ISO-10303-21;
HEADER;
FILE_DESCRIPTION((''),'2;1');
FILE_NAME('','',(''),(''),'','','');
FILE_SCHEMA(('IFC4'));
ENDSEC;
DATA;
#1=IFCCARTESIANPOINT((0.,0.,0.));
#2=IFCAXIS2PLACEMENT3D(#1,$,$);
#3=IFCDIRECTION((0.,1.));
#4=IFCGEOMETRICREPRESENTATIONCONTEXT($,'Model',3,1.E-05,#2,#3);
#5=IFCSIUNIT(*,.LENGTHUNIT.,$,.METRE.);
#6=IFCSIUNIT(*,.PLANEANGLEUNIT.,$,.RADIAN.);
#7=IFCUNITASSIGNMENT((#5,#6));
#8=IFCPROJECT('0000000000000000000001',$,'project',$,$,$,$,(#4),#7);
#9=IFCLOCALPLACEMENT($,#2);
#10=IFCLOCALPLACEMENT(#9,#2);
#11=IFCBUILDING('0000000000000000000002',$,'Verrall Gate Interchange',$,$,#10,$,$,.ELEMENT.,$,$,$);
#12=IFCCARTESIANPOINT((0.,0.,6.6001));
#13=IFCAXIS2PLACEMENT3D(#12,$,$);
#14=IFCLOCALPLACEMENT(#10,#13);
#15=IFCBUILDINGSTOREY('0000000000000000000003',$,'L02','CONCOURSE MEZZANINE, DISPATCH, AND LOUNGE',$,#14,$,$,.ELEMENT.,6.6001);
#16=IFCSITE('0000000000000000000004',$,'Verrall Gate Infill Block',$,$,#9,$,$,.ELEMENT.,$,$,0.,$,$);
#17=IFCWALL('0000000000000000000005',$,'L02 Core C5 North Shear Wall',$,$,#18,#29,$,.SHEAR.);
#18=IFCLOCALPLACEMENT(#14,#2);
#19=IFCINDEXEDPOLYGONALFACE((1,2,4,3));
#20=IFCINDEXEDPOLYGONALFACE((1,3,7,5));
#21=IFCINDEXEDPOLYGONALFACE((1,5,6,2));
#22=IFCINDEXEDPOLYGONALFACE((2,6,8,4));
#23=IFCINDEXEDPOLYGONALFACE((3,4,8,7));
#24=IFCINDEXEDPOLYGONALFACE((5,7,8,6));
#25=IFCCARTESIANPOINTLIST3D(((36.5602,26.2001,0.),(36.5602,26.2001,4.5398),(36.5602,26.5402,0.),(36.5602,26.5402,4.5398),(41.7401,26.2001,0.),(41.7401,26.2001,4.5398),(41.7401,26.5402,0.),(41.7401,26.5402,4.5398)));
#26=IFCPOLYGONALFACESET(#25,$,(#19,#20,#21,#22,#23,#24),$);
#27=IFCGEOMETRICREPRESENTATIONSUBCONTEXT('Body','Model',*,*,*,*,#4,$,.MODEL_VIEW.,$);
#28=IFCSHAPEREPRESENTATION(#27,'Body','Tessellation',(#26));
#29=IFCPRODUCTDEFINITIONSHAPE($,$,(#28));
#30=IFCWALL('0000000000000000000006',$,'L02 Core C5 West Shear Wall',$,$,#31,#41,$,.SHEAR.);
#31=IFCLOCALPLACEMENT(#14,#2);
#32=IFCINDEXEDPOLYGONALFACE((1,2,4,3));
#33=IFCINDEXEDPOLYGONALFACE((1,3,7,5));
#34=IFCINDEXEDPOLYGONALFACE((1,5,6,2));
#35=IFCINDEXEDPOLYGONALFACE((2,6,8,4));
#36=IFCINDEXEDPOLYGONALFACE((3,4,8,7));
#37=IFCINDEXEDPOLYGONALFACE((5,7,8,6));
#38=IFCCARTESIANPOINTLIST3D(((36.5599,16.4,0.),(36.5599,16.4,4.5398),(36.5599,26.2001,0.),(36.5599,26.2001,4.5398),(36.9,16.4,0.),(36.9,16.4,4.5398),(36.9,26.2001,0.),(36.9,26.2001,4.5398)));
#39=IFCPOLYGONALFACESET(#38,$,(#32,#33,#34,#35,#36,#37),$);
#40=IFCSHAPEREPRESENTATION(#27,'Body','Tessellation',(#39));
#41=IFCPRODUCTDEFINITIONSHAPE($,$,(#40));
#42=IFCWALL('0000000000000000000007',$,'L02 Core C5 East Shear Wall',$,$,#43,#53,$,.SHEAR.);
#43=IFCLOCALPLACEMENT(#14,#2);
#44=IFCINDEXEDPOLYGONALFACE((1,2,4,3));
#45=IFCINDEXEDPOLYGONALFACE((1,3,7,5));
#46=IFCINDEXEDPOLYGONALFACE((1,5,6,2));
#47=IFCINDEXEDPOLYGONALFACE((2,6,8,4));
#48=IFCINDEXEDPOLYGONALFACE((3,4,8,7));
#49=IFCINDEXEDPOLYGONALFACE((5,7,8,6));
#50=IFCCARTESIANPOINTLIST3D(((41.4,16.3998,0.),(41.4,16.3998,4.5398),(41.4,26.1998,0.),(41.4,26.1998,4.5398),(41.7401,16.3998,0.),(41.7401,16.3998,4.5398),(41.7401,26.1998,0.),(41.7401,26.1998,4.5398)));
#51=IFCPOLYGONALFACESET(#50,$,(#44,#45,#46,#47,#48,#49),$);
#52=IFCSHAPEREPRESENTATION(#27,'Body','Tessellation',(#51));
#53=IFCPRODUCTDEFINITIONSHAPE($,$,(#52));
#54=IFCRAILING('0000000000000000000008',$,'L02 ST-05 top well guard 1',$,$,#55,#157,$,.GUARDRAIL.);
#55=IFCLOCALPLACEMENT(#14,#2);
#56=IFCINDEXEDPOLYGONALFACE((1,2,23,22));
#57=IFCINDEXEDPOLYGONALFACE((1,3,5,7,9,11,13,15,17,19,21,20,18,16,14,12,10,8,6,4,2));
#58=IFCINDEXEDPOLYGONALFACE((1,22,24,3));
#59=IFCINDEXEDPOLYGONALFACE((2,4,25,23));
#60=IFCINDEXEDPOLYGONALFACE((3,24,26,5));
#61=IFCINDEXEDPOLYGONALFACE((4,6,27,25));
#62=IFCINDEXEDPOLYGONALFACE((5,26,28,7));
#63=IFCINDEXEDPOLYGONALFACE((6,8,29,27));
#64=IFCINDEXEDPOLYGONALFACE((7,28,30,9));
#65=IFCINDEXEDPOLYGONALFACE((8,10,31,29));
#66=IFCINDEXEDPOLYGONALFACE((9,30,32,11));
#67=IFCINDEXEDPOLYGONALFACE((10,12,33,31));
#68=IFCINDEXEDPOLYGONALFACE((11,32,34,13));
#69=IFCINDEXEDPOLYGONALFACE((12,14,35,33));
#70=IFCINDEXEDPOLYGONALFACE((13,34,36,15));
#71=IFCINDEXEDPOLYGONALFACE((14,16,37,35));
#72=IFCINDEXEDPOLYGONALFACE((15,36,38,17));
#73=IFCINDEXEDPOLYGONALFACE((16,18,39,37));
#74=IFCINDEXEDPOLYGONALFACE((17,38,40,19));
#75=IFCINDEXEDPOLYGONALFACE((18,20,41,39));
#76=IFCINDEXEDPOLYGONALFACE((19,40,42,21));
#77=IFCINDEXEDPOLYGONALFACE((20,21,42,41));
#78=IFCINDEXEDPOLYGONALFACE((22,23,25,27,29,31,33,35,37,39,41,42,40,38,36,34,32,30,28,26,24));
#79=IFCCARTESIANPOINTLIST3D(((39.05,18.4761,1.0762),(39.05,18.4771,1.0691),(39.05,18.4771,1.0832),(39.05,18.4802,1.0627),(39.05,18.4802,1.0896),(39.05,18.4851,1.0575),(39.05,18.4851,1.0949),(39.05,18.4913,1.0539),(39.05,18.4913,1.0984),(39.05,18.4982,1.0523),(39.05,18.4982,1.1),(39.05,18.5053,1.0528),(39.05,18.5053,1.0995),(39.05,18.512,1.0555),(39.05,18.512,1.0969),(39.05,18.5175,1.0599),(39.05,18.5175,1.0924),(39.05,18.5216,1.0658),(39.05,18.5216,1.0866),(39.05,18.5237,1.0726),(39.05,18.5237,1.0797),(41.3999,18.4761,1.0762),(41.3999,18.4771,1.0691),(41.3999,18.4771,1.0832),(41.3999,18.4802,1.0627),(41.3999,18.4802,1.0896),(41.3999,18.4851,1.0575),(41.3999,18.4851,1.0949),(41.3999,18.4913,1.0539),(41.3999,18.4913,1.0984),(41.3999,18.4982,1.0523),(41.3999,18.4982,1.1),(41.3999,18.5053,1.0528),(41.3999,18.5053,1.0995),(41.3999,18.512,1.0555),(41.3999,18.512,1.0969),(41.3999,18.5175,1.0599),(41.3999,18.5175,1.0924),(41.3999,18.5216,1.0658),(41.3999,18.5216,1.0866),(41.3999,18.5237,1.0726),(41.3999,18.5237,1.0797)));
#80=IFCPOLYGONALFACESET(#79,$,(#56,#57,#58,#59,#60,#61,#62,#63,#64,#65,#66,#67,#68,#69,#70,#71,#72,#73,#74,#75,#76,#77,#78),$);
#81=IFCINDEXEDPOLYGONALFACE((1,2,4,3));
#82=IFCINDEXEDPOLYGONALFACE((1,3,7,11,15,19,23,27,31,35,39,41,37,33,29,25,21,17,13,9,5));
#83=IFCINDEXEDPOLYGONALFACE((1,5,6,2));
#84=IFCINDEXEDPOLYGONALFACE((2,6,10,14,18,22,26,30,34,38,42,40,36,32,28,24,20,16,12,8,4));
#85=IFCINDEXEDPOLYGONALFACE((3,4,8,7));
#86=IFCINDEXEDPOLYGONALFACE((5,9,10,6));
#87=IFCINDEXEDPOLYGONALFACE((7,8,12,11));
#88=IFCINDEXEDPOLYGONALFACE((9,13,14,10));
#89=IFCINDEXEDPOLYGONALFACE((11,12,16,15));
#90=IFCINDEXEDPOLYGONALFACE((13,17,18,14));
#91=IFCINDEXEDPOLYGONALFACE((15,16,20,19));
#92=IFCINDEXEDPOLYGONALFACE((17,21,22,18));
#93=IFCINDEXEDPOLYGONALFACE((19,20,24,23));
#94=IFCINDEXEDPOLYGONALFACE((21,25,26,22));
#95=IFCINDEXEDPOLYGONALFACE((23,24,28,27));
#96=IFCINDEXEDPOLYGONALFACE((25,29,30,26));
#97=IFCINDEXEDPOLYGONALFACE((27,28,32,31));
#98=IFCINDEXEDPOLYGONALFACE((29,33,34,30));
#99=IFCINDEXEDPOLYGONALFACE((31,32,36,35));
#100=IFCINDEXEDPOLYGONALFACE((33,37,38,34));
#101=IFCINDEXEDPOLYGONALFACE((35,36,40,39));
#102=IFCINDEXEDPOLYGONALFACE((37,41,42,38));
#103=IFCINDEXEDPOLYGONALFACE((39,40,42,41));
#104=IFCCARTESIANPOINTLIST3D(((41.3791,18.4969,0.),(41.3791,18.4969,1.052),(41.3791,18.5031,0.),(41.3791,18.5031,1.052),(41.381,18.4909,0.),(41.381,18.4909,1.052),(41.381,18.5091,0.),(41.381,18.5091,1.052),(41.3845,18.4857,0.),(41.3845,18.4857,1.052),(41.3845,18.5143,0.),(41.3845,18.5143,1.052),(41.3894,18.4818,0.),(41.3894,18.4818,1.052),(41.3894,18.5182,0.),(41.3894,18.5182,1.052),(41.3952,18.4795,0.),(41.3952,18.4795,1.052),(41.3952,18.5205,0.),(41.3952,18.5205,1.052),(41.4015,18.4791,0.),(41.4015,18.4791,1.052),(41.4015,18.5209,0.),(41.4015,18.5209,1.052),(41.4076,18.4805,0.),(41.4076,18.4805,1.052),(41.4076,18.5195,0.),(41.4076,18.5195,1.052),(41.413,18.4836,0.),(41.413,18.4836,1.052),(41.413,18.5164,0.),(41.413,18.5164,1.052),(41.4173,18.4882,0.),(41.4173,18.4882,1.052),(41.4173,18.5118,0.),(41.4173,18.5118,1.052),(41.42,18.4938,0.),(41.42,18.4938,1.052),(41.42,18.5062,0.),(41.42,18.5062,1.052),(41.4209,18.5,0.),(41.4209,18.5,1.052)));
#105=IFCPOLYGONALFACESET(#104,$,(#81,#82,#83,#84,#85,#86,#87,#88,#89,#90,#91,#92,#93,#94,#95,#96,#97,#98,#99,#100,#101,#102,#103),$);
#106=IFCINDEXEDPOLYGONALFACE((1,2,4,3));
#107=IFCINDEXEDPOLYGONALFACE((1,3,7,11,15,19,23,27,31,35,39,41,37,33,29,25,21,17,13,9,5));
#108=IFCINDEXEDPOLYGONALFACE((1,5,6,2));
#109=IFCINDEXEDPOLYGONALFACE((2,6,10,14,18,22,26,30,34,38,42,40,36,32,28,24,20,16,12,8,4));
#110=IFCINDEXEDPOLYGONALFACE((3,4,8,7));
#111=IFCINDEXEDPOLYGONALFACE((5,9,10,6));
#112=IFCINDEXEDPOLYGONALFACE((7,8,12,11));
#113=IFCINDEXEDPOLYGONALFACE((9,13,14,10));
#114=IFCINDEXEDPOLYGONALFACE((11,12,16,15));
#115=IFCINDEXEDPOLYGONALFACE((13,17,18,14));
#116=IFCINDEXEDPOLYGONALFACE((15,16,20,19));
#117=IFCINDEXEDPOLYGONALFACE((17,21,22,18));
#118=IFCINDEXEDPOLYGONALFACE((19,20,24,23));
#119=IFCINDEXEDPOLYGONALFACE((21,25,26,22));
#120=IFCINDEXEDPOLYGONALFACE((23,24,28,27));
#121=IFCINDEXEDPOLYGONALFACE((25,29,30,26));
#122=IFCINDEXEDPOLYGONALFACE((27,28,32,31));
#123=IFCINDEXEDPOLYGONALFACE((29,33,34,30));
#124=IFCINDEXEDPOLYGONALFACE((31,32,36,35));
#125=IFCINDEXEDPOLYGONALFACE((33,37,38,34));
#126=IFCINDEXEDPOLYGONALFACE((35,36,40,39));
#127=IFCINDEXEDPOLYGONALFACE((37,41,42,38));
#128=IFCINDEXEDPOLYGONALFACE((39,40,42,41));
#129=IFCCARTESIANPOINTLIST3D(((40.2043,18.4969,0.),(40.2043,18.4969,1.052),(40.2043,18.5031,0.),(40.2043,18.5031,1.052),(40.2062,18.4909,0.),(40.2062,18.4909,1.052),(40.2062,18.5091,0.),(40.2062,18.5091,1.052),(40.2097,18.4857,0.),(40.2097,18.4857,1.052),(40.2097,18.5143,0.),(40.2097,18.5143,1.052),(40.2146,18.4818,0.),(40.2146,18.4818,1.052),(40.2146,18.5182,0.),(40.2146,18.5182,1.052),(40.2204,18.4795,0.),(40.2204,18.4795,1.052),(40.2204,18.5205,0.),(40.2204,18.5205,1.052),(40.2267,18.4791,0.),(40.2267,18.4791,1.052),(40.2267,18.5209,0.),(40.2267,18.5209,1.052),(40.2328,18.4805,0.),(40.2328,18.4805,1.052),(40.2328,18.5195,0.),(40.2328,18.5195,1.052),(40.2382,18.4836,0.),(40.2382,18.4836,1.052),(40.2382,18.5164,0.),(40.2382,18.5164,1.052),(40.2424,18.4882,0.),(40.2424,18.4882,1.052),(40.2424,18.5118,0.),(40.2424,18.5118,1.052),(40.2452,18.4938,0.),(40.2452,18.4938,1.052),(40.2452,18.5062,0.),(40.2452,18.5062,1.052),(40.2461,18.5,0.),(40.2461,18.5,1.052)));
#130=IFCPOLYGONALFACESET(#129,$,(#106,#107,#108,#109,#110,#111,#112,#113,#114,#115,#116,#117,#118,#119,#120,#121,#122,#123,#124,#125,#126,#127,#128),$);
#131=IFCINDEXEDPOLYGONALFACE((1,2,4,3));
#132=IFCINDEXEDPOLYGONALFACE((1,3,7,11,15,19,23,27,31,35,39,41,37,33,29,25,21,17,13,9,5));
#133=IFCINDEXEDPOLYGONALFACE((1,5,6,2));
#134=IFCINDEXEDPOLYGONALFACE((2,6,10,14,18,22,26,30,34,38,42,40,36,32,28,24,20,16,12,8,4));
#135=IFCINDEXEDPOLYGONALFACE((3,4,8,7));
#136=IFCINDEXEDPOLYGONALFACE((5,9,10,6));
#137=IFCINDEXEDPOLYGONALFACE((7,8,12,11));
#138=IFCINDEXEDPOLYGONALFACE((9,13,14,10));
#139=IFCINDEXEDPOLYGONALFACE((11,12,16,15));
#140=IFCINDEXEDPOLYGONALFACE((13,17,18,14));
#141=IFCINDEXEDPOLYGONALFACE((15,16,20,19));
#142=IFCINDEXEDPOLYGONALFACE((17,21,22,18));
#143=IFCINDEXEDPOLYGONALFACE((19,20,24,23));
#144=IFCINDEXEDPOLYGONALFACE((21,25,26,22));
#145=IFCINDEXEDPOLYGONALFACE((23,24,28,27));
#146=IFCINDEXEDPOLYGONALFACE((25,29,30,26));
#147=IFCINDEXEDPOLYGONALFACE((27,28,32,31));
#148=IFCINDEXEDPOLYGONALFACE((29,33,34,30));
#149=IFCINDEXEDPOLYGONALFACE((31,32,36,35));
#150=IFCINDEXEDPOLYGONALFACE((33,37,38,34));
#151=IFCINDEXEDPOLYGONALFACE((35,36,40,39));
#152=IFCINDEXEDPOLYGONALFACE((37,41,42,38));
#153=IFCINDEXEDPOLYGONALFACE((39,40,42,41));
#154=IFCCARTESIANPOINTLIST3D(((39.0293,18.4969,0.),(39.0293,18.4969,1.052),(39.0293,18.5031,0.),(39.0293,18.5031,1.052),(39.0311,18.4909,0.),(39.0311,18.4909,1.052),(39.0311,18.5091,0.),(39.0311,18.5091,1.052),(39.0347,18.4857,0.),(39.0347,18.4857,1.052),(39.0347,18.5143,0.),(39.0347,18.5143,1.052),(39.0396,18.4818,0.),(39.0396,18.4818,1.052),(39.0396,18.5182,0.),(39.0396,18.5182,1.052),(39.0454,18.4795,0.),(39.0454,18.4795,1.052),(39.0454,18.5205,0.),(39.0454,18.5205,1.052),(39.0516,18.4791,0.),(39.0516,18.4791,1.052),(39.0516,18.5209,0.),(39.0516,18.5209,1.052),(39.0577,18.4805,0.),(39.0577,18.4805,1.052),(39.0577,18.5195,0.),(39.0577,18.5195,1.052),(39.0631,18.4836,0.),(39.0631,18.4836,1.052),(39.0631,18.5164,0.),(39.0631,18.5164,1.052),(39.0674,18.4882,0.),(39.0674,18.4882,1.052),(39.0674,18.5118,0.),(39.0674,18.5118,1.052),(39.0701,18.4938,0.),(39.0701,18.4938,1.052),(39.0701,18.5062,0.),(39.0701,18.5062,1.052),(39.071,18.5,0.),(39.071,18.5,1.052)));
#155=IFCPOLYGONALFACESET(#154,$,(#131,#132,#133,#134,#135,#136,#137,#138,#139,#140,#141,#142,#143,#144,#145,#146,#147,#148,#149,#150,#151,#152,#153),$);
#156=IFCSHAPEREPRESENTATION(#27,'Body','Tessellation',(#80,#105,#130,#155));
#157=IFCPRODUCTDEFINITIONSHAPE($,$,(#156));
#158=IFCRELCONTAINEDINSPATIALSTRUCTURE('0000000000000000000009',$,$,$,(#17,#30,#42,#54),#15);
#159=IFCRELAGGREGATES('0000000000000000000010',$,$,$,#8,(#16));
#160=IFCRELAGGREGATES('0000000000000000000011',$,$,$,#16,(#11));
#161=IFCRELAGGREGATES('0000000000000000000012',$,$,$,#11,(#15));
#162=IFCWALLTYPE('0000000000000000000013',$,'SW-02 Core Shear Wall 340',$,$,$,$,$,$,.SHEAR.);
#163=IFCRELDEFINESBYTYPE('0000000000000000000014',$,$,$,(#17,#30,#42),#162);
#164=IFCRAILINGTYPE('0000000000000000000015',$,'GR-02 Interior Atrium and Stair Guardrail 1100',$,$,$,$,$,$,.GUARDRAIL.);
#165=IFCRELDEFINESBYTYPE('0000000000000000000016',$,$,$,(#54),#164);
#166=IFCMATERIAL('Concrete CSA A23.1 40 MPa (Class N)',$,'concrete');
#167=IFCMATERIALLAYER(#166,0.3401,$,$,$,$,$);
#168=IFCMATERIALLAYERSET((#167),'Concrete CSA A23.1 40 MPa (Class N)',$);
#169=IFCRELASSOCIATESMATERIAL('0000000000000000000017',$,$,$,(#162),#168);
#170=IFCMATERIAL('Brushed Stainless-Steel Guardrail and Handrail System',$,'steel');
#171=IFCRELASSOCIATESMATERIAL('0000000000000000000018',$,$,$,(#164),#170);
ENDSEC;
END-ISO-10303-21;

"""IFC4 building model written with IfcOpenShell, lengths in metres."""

from ifc_helpers import new_model, si_unit, direction, frame, frame_2d, origin, origin_2d, place, context, subcontext, project, spatial, rectangle, circle, extrude, material, layer, layer_set, type_object, element, save


model = new_model("IFC4")

# Units and contexts
model_context = context("Model", 3, precision=1e-05, world=origin(), true_north=direction((0.0, 1.0)))
body_context = subcontext(model_context, "Body", "Model", "MODEL_VIEW")
ifc_project = project(units=[si_unit("LENGTHUNIT", "METRE"), si_unit("PLANEANGLEUNIT", "RADIAN")], contexts=[model_context])

# Site, building, storey
site_placement = place(None, origin())
site = spatial("IfcSite", under=ifc_project, at=site_placement, Name="Verrall Gate Infill Block", CompositionType="ELEMENT", RefElevation=0.0)
building_placement = place(site_placement, origin())
building = spatial("IfcBuilding", under=site, at=building_placement, Name="Verrall Gate Interchange", CompositionType="ELEMENT")
storey_placement = place(building_placement, frame((0.0, 0.0, 6.6001)))
storey = spatial("IfcBuildingStorey", under=building, at=storey_placement, Name="L02", Description="CONCOURSE MEZZANINE, DISPATCH, AND LOUNGE", CompositionType="ELEMENT", Elevation=6.6001)

# Walls
ifc_material_1 = material(Name="Concrete CSA A23.1 40 MPa (Class N)", Category="concrete")
ifc_layer_1 = layer(ifc_material_1, 0.3401)
ifc_layer_set_1 = layer_set([ifc_layer_1], Name="Concrete CSA A23.1 40 MPa (Class N)")
wall_type_1 = type_object("IfcWallType", Name="SW-02 Core Shear Wall 340", PredefinedType="SHEAR", material=ifc_layer_set_1)
wall_1_placement = place(storey_placement, frame((41.74, 26.3701, 0.0), z_axis=(0.0, 0.0, 1.0), x_axis=(-1.0, 0.0, 0.0)))
element("IfcWall", 1, at=wall_1_placement, inside=storey, type_object=wall_type_1, Name="L02 Core C5 North Shear Wall", PredefinedType="SHEAR", context=body_context, shape_type="SweptSolid", body=[
    extrude(rectangle(XDim=5.1799, YDim=0.3401, at=frame_2d((2.5898, 0.0))), origin(), (0.0, 0.0, 1.0), 4.5398),
])
for number, where, z_axis, x_axis, name in (
    (2, (36.73, 26.2, 0.0), (0.0, 0.0, 1.0), (0.0, -1.0, 0.0), "L02 Core C5 West Shear Wall"),
    (3, (41.5701, 16.3999, 0.0), (0.0, 0.0, 1.0), (0.0, 1.0, 0.0), "L02 Core C5 East Shear Wall"),
):
    element("IfcWall", number, at=place(storey_placement, frame(where, z_axis=z_axis, x_axis=x_axis)), inside=storey, type_object=wall_type_1, Name=name, PredefinedType="SHEAR", context=body_context, shape_type="SweptSolid", body=[
        extrude(rectangle(XDim=9.8, YDim=0.3401, at=frame_2d((4.8999, 0.0))), origin(), (0.0, 0.0, 1.0), 4.5398),
    ])

# Railing
ifc_material_2 = material(Name="Brushed Stainless-Steel Guardrail and Handrail System", Category="steel")
railing_type = type_object("IfcRailingType", Name="GR-02 Interior Atrium and Stair Guardrail 1100", PredefinedType="GUARDRAIL", material=ifc_material_2)
railing_1_placement = place(storey_placement, frame((41.3999, 18.5, 0.0)))
element("IfcRailing", 4, at=railing_1_placement, inside=storey, type_object=railing_type, Name="L02 ST-05 top well guard 1", PredefinedType="GUARDRAIL", context=body_context, shape_type="SweptSolid", body=[
    extrude(circle(Radius=0.0239, at=origin_2d()), frame((0.0, 0.0, 1.0762), z_axis=(-1.0, 0.0, 0.0), x_axis=(0.0, -1.0, 0.0)), (0.0, 0.0, 1.0), 2.3499),
    extrude(circle(Radius=0.021, at=origin_2d()), origin(), (0.0, 0.0, 1.0), 1.052),
    extrude(circle(Radius=0.021, at=origin_2d()), frame((-1.1748, 0.0, 0.0)), (0.0, 0.0, 1.0), 1.052),
    extrude(circle(Radius=0.021, at=origin_2d()), frame((-2.3499, 0.0, 0.0)), (0.0, 0.0, 1.0), 1.052),
])

save(model, "model.ifc")
